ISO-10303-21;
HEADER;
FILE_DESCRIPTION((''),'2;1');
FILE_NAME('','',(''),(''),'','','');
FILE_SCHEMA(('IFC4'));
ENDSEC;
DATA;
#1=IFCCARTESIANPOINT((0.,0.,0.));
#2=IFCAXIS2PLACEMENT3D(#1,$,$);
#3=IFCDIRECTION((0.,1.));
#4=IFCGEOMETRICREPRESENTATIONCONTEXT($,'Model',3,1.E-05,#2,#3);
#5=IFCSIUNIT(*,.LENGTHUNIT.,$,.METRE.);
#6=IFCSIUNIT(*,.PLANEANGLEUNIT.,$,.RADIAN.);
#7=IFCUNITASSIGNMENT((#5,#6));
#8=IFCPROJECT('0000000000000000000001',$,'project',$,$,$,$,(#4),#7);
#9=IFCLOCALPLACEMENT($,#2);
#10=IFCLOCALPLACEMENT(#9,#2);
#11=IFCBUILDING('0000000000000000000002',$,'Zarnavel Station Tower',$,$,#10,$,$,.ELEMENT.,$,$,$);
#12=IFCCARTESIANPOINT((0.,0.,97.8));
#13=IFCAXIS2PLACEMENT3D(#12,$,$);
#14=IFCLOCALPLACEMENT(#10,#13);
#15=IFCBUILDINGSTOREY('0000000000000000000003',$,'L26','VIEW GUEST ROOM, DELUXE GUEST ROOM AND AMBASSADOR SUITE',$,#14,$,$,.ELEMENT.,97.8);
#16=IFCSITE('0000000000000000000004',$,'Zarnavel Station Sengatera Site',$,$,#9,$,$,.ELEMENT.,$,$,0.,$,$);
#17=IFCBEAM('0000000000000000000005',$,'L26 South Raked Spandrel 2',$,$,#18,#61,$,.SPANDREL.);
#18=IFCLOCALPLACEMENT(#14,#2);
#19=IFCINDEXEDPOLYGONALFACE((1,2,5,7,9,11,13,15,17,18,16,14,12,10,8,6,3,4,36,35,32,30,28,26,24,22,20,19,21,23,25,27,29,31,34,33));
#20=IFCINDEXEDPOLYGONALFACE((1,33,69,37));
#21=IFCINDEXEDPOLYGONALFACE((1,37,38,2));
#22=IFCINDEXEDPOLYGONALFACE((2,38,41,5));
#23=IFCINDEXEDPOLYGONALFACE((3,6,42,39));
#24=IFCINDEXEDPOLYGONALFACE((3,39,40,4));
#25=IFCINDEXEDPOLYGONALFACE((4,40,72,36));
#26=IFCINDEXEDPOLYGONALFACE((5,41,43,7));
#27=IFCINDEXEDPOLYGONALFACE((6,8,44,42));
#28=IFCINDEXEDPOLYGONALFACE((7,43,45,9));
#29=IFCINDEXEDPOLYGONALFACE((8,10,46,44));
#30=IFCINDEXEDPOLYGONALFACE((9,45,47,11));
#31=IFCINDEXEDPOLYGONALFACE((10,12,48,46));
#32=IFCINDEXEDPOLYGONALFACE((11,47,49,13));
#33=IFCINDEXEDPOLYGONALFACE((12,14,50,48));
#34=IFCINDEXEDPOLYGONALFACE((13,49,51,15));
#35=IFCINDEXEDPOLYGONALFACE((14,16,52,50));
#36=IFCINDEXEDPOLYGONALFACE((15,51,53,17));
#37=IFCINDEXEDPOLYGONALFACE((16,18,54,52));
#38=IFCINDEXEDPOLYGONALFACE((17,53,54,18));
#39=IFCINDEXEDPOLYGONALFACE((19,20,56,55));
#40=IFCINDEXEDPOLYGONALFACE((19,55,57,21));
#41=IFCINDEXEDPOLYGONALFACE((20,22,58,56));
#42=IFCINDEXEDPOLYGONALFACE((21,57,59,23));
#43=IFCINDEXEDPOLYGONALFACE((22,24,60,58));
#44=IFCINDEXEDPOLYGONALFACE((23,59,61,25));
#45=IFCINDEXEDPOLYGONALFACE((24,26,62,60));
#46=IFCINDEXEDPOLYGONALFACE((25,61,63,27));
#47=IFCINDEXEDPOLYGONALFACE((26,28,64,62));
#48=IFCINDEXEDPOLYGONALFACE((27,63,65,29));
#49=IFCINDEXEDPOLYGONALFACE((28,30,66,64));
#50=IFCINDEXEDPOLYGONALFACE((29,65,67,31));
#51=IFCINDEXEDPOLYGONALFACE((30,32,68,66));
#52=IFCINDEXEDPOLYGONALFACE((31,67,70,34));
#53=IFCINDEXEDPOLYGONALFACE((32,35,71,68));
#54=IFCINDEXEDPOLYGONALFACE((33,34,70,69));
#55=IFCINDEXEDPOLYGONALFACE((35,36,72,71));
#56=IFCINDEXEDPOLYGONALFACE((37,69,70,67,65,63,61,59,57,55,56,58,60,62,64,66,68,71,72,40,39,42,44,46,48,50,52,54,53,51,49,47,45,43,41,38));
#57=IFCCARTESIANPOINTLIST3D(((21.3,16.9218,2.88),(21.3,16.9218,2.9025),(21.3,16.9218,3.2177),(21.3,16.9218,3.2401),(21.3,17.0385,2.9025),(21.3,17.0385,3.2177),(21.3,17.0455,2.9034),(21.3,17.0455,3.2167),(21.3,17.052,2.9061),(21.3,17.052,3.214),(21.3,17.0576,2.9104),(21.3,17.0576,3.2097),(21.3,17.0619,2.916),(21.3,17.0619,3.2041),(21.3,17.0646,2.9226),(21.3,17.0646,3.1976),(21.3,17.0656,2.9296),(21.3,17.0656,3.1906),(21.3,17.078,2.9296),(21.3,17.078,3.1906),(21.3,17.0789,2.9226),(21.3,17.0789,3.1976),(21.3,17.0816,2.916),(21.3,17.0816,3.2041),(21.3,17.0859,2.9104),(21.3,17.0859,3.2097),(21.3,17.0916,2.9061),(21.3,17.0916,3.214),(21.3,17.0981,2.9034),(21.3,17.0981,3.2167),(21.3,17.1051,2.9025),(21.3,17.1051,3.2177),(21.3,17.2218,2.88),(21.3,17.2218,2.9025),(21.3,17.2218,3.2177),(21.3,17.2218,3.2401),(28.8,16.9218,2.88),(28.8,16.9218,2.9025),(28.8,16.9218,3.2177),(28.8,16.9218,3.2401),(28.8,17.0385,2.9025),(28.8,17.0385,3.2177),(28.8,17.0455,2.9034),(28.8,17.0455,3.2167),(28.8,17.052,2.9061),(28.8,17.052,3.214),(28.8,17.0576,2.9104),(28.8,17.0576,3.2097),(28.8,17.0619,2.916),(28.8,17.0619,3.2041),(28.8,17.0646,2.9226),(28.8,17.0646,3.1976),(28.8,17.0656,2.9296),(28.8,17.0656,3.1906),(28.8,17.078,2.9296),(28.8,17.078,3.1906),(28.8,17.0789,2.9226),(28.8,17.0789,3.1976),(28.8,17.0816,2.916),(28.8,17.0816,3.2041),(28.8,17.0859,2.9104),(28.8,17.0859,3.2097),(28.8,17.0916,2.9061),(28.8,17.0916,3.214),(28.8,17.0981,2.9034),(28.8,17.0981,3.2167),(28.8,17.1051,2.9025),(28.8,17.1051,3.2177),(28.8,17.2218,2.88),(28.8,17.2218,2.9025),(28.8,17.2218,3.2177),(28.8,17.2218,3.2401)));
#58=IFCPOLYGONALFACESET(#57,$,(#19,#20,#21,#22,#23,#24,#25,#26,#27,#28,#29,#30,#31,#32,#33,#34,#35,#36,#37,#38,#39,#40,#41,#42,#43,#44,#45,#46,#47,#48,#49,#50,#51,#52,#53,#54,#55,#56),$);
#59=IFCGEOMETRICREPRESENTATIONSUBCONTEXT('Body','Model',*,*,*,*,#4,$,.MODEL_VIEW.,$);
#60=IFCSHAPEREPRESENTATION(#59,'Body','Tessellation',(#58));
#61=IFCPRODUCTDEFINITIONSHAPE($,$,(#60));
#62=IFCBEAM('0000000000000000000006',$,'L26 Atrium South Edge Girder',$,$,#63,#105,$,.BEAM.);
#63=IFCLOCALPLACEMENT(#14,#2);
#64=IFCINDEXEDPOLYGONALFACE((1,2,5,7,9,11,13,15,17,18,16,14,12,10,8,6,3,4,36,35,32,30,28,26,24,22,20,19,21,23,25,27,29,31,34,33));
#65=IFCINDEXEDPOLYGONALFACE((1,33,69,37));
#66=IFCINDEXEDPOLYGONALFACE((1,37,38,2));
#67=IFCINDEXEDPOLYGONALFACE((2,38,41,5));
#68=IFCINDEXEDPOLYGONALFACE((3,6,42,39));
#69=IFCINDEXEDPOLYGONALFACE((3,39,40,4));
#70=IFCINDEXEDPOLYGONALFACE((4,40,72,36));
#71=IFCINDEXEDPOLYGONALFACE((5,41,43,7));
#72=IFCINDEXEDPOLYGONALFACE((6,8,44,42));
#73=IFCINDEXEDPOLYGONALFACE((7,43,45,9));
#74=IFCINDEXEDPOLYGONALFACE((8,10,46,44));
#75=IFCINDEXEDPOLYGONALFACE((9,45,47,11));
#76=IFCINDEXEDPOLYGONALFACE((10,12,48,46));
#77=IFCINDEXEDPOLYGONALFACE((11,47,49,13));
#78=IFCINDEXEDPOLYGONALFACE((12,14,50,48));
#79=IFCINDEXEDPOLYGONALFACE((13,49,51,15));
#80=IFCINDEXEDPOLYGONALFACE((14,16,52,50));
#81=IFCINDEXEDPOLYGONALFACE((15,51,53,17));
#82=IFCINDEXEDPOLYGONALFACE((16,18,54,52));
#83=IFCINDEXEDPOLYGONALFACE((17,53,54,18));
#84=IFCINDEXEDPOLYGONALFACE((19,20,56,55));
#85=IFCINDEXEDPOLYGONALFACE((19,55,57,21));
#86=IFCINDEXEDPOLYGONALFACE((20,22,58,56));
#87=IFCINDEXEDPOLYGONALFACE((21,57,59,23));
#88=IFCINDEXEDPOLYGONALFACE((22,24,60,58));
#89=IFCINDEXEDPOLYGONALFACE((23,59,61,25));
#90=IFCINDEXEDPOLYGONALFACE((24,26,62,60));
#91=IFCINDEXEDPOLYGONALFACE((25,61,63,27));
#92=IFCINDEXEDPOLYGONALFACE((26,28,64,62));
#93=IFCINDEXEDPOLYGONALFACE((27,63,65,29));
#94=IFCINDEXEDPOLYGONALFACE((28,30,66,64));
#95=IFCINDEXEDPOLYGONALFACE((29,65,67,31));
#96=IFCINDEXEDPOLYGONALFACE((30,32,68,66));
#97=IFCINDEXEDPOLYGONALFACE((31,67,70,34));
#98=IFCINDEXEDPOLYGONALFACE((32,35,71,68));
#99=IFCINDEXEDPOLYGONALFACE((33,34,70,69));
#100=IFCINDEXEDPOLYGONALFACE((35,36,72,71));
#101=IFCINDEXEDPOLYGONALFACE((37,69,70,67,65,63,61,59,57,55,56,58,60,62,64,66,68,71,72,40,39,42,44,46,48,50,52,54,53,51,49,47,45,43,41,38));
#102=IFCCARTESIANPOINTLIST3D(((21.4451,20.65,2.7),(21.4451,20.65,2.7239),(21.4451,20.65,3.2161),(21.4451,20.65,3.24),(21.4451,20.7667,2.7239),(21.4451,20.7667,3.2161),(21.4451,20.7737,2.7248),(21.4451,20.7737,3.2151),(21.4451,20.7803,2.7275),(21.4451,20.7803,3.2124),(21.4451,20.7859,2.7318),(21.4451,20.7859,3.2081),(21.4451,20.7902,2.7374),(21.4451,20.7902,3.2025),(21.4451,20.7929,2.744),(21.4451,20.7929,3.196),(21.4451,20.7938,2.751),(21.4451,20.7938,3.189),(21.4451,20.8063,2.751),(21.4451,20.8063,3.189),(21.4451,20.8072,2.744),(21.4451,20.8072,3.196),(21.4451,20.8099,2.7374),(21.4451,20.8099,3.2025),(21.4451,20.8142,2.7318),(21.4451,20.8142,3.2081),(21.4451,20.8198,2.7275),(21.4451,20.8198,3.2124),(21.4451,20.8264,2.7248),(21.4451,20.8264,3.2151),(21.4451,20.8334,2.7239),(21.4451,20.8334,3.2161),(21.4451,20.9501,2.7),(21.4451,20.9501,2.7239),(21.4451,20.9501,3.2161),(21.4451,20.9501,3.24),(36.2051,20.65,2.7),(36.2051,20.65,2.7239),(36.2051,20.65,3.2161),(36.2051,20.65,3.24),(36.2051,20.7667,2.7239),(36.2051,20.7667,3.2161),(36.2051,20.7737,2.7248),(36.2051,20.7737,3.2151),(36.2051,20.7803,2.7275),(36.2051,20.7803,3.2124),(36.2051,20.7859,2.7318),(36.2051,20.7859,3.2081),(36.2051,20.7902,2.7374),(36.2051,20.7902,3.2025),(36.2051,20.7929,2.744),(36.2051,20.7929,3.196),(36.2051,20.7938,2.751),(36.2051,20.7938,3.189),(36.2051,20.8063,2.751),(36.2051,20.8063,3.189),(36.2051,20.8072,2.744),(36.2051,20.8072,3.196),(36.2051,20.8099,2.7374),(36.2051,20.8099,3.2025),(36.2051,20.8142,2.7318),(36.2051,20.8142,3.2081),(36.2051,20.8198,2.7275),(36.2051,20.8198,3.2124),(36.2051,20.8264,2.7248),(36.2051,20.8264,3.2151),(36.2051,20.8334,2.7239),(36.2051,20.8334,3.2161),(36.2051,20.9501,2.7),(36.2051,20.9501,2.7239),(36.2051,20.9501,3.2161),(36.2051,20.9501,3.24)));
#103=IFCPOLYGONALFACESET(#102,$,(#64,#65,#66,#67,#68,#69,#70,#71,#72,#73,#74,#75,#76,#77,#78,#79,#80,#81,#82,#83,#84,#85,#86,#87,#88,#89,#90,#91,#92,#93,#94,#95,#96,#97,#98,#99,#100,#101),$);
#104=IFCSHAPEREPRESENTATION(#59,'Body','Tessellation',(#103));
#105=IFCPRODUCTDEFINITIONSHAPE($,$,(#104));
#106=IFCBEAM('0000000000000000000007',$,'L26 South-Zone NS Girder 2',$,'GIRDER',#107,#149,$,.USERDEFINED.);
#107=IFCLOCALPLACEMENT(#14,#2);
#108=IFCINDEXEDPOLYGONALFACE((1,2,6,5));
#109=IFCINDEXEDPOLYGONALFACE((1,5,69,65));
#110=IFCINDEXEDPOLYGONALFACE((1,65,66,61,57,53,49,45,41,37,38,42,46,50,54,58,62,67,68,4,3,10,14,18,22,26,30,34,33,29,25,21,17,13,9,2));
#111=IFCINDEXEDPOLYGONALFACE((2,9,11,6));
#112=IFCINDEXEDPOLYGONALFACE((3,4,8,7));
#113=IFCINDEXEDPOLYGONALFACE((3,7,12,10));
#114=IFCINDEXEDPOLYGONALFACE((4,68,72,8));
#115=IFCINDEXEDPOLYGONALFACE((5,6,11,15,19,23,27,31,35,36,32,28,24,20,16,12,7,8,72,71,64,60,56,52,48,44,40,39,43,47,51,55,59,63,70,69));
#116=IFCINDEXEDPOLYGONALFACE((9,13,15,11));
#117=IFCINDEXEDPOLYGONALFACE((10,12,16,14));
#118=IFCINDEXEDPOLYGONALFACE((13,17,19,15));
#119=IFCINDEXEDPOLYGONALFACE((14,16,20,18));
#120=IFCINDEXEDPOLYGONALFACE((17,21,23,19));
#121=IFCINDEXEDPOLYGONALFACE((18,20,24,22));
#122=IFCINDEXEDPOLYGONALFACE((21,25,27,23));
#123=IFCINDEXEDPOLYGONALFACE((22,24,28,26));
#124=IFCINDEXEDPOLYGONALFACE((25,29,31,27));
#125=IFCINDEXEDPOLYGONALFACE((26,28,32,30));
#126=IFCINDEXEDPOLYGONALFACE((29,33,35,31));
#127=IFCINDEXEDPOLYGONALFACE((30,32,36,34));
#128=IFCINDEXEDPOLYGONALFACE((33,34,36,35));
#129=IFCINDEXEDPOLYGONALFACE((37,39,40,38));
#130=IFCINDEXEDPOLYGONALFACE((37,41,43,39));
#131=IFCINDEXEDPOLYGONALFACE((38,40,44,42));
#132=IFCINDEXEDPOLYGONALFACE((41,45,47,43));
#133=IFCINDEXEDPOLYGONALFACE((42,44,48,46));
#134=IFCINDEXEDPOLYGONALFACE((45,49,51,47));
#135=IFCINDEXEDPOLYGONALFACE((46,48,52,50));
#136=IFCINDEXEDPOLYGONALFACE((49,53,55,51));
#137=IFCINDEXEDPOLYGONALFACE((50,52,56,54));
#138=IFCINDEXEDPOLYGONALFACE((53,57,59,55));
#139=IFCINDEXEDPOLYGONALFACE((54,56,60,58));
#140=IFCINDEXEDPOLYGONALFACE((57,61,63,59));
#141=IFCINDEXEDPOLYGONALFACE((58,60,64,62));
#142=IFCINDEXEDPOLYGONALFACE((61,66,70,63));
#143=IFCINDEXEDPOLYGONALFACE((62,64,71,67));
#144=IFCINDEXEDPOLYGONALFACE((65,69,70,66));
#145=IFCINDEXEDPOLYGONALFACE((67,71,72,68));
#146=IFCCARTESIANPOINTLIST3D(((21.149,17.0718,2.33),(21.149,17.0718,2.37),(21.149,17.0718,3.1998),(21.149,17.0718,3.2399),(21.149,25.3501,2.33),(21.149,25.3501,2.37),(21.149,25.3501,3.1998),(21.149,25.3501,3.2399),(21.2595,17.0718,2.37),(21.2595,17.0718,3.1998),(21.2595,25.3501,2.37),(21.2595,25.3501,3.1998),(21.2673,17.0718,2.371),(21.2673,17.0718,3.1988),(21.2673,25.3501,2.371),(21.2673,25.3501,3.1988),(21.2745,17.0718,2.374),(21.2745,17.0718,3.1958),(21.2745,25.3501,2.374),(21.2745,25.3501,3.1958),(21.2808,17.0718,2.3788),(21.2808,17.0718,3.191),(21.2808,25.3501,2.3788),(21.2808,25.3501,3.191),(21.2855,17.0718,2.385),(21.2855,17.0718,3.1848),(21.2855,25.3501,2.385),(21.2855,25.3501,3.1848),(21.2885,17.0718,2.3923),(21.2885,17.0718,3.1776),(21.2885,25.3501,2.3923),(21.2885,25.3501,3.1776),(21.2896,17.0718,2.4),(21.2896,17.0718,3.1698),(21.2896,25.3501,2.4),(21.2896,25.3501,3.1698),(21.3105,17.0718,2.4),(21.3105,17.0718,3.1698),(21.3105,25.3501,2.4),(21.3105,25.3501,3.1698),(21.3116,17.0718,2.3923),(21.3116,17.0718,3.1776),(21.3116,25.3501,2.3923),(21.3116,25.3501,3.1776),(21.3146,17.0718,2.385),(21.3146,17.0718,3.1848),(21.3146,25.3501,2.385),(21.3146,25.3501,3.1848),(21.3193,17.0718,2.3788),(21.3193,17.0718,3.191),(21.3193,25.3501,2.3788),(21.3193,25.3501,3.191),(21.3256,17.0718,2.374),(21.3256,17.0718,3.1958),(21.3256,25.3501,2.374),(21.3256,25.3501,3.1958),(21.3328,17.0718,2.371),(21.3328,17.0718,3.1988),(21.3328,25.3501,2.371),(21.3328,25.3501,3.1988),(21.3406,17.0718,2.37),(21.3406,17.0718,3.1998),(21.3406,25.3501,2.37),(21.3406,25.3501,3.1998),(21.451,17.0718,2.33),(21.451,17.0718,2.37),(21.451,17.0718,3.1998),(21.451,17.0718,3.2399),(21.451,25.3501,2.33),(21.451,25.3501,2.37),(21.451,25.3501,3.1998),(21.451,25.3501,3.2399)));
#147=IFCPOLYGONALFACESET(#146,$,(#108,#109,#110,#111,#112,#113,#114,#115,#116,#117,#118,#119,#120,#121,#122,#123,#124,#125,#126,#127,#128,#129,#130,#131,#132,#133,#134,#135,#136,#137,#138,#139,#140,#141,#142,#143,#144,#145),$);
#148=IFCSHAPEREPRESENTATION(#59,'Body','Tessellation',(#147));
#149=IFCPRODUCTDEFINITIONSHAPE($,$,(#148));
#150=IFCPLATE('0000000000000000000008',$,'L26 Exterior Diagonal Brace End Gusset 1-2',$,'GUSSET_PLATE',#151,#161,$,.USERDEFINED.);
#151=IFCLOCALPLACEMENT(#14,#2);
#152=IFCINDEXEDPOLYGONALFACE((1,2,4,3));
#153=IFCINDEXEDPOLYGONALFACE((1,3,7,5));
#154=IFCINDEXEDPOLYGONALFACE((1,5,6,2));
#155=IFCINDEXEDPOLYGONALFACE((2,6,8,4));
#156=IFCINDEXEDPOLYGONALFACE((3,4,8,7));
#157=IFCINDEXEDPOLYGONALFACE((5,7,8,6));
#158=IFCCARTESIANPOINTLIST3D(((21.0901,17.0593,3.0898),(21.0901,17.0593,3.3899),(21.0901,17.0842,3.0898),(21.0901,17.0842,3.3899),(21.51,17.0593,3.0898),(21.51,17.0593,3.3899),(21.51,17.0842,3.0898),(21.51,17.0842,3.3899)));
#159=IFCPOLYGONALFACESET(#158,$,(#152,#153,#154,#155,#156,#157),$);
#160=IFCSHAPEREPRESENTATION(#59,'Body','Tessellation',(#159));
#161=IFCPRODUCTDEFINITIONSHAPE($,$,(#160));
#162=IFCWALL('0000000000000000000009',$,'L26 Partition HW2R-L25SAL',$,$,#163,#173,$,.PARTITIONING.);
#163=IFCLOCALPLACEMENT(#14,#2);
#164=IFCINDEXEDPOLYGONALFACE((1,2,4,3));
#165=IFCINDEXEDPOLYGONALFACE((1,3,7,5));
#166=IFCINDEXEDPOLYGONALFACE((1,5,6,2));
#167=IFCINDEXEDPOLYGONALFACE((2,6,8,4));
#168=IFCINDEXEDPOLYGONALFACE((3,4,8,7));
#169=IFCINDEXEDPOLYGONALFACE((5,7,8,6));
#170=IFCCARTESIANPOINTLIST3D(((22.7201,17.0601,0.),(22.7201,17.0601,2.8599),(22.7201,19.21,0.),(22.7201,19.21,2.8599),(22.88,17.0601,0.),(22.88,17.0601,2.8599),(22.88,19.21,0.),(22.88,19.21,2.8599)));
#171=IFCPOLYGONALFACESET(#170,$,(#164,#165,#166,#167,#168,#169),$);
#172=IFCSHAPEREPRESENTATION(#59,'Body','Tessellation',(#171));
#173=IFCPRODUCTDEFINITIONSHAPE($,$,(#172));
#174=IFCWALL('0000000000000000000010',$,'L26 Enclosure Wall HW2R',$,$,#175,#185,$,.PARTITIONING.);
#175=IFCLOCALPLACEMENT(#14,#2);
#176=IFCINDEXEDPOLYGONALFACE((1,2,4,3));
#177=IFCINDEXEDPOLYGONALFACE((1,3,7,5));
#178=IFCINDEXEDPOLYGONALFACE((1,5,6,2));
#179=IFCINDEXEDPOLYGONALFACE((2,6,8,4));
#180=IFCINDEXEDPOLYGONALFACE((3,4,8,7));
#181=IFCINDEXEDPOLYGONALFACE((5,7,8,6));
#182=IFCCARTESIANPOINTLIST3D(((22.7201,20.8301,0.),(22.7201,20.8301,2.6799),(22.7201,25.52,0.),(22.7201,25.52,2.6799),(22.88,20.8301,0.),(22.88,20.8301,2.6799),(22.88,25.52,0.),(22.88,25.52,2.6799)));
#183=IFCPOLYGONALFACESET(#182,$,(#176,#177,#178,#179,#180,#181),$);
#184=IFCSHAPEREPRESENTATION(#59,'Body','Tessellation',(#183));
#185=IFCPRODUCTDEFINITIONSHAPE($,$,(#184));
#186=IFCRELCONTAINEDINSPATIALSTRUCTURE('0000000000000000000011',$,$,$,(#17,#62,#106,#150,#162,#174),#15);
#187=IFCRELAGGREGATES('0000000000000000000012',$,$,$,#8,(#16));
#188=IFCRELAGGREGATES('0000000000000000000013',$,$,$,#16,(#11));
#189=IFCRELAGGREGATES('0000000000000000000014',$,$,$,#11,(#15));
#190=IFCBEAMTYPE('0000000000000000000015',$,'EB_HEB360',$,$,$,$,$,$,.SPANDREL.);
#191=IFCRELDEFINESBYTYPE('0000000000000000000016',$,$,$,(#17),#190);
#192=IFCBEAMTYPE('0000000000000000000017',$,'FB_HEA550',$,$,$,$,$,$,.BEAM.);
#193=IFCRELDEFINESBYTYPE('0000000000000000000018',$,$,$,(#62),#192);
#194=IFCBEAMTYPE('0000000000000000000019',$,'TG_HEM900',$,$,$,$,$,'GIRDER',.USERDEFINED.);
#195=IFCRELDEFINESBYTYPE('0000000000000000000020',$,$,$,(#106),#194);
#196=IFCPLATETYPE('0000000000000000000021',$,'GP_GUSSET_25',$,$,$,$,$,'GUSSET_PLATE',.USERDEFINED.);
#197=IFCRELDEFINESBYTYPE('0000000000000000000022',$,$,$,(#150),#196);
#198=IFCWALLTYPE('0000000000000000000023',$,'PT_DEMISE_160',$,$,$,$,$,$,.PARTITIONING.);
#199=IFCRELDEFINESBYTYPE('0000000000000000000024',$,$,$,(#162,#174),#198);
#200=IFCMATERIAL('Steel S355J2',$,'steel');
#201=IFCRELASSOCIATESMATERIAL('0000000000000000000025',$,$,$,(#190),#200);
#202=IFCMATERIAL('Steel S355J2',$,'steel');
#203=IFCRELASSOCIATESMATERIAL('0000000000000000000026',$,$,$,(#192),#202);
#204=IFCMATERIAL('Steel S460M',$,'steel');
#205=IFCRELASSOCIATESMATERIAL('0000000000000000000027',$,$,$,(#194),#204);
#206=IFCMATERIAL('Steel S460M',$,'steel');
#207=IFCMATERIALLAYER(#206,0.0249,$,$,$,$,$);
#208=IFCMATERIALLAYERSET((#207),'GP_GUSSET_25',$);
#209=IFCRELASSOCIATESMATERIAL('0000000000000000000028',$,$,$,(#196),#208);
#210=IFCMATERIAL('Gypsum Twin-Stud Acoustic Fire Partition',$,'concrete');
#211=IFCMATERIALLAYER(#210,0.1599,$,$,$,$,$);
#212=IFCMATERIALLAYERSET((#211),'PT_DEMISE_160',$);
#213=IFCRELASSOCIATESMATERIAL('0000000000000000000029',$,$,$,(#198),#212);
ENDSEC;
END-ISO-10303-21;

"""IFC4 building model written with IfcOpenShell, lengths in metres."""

from ifc_helpers import new_model, si_unit, direction, frame, frame_2d, origin, origin_2d, place, context, subcontext, project, spatial, rectangle, i_section, extrude, material, layer, layer_set, material_profile, profile_set, type_object, element, save


model = new_model("IFC4")

# Units and contexts
model_context = context("Model", 3, precision=1e-05, world=origin(), true_north=direction((0.0, 1.0)))
body_context = subcontext(model_context, "Body", "Model", "MODEL_VIEW")
ifc_project = project(units=[si_unit("LENGTHUNIT", "METRE"), si_unit("PLANEANGLEUNIT", "RADIAN")], contexts=[model_context])

# Site, building, storey
site_placement = place(None, origin())
site = spatial("IfcSite", under=ifc_project, at=site_placement, Name="Zarnavel Station Sengatera Site", CompositionType="ELEMENT", RefElevation=0.0)
building_placement = place(site_placement, origin())
building = spatial("IfcBuilding", under=site, at=building_placement, Name="Zarnavel Station Tower", CompositionType="ELEMENT")
storey_placement = place(building_placement, frame((0.0, 0.0, 97.8)))
storey = spatial("IfcBuildingStorey", under=building, at=storey_placement, Name="L26", Description="VIEW GUEST ROOM, DELUXE GUEST ROOM AND AMBASSADOR SUITE", CompositionType="ELEMENT", Elevation=97.8)

# Beams
ifc_material_1 = material(Name="Steel S355J2", Category="steel")
ifc_material_profile_1 = material_profile(ifc_material_1, i_section(OverallWidth=0.3, OverallDepth=0.3601, WebThickness=0.0125, FlangeThickness=0.0225, FilletRadius=0.0271, at=origin_2d()), Name="HEB360")
ifc_profile_set_1 = profile_set([ifc_material_profile_1], Name="Steel S355J2")
beam_type_1 = type_object("IfcBeamType", Name="EB_HEB360", PredefinedType="SPANDREL", material=ifc_profile_set_1)
beam_1_placement = place(storey_placement, frame((21.3, 17.0718, 3.0601), z_axis=(1.0, 0.0, 0.0), x_axis=(0.0, 1.0, 0.0)))
element("IfcBeam", 1, at=beam_1_placement, inside=storey, type_object=beam_type_1, Name="L26 South Raked Spandrel 2", PredefinedType="SPANDREL", context=body_context, shape_type="SweptSolid", body=[
    extrude(i_section(OverallWidth=0.3, OverallDepth=0.3601, WebThickness=0.0125, FlangeThickness=0.0225, FilletRadius=0.0271, at=origin_2d()), origin(), (0.0, 0.0, 1.0), 7.5),
])
ifc_material_2 = material(Name="Steel S355J2", Category="steel")
ifc_material_profile_2 = material_profile(ifc_material_2, i_section(OverallWidth=0.3, OverallDepth=0.54, WebThickness=0.0125, FlangeThickness=0.0239, FilletRadius=0.0271, at=origin_2d()), Name="HEA550")
ifc_profile_set_2 = profile_set([ifc_material_profile_2], Name="Steel S355J2")
beam_type_2 = type_object("IfcBeamType", Name="FB_HEA550", PredefinedType="BEAM", material=ifc_profile_set_2)
beam_2_placement = place(storey_placement, frame((21.4451, 20.8, 2.97), z_axis=(1.0, 0.0, 0.0), x_axis=(0.0, 1.0, 0.0)))
element("IfcBeam", 2, at=beam_2_placement, inside=storey, type_object=beam_type_2, Name="L26 Atrium South Edge Girder", PredefinedType="BEAM", context=body_context, shape_type="SweptSolid", body=[
    extrude(i_section(OverallWidth=0.3, OverallDepth=0.54, WebThickness=0.0125, FlangeThickness=0.0239, FilletRadius=0.0271, at=origin_2d()), origin(), (0.0, 0.0, 1.0), 14.76),
])
ifc_material_3 = material(Name="Steel S460M", Category="steel")
ifc_material_profile_3 = material_profile(ifc_material_3, i_section(OverallWidth=0.302, OverallDepth=0.9099, WebThickness=0.021, FlangeThickness=0.04, FilletRadius=0.03, at=origin_2d()), Name="HEM900")
ifc_profile_set_3 = profile_set([ifc_material_profile_3], Name="Steel S460M")
beam_type_3 = type_object("IfcBeamType", Name="TG_HEM900", ElementType="GIRDER", PredefinedType="USERDEFINED", material=ifc_profile_set_3)
beam_3_placement = place(storey_placement, frame((21.3, 17.0718, 2.7849), z_axis=(0.0, 1.0, 0.0), x_axis=(-1.0, 0.0, 0.0)))
element("IfcBeam", 3, at=beam_3_placement, inside=storey, type_object=beam_type_3, Name="L26 South-Zone NS Girder 2", ObjectType="GIRDER", PredefinedType="USERDEFINED", context=body_context, shape_type="SweptSolid", body=[
    extrude(i_section(OverallWidth=0.302, OverallDepth=0.9099, WebThickness=0.021, FlangeThickness=0.04, FilletRadius=0.03, at=origin_2d()), origin(), (0.0, 0.0, 1.0), 8.2783),
])

# Plate
ifc_material_4 = material(Name="Steel S460M", Category="steel")
ifc_layer_1 = layer(ifc_material_4, 0.0249)
ifc_layer_set_1 = layer_set([ifc_layer_1], Name="GP_GUSSET_25")
plate_type = type_object("IfcPlateType", Name="GP_GUSSET_25", ElementType="GUSSET_PLATE", PredefinedType="USERDEFINED", material=ifc_layer_set_1)
plate_placement = place(storey_placement, frame((21.3, 17.0718, 3.0898), z_axis=(0.0, 0.0, 1.0), x_axis=(1.0, 0.0, 0.0)))
element("IfcPlate", 4, at=plate_placement, inside=storey, type_object=plate_type, Name="L26 Exterior Diagonal Brace End Gusset 1-2", ObjectType="GUSSET_PLATE", PredefinedType="USERDEFINED", context=body_context, shape_type="SweptSolid", body=[
    extrude(rectangle(XDim=0.4199, YDim=0.0249, at=origin_2d()), origin(), (0.0, 0.0, 1.0), 0.3),
])

# Shared definitions
ifc_material_5 = material(Name="Gypsum Twin-Stud Acoustic Fire Partition", Category="concrete")
ifc_layer_2 = layer(ifc_material_5, 0.1599)
ifc_layer_set_2 = layer_set([ifc_layer_2], Name="PT_DEMISE_160")
wall_type_1 = type_object("IfcWallType", Name="PT_DEMISE_160", PredefinedType="PARTITIONING", material=ifc_layer_set_2)

# Walls
wall_1_placement = place(storey_placement, frame((22.8, 17.0601, 0.0), z_axis=(0.0, 0.0, 1.0), x_axis=(0.0, 1.0, 0.0)))
element("IfcWall", 5, at=wall_1_placement, inside=storey, type_object=wall_type_1, Name="L26 Partition HW2R-L25SAL", PredefinedType="PARTITIONING", context=body_context, shape_type="SweptSolid", body=[
    extrude(rectangle(XDim=2.1499, YDim=0.1599, at=frame_2d((1.075, 0.0))), origin(), (0.0, 0.0, 1.0), 2.8599),
])
wall_2_placement = place(storey_placement, frame((22.8, 20.8301, 0.0), z_axis=(0.0, 0.0, 1.0), x_axis=(0.0, 1.0, 0.0)))
element("IfcWall", 6, at=wall_2_placement, inside=storey, type_object=wall_type_1, Name="L26 Enclosure Wall HW2R", PredefinedType="PARTITIONING", context=body_context, shape_type="SweptSolid", body=[
    extrude(rectangle(XDim=4.6899, YDim=0.1599, at=frame_2d((2.345, 0.0))), origin(), (0.0, 0.0, 1.0), 2.6799),
])

save(model, "model.ifc")
